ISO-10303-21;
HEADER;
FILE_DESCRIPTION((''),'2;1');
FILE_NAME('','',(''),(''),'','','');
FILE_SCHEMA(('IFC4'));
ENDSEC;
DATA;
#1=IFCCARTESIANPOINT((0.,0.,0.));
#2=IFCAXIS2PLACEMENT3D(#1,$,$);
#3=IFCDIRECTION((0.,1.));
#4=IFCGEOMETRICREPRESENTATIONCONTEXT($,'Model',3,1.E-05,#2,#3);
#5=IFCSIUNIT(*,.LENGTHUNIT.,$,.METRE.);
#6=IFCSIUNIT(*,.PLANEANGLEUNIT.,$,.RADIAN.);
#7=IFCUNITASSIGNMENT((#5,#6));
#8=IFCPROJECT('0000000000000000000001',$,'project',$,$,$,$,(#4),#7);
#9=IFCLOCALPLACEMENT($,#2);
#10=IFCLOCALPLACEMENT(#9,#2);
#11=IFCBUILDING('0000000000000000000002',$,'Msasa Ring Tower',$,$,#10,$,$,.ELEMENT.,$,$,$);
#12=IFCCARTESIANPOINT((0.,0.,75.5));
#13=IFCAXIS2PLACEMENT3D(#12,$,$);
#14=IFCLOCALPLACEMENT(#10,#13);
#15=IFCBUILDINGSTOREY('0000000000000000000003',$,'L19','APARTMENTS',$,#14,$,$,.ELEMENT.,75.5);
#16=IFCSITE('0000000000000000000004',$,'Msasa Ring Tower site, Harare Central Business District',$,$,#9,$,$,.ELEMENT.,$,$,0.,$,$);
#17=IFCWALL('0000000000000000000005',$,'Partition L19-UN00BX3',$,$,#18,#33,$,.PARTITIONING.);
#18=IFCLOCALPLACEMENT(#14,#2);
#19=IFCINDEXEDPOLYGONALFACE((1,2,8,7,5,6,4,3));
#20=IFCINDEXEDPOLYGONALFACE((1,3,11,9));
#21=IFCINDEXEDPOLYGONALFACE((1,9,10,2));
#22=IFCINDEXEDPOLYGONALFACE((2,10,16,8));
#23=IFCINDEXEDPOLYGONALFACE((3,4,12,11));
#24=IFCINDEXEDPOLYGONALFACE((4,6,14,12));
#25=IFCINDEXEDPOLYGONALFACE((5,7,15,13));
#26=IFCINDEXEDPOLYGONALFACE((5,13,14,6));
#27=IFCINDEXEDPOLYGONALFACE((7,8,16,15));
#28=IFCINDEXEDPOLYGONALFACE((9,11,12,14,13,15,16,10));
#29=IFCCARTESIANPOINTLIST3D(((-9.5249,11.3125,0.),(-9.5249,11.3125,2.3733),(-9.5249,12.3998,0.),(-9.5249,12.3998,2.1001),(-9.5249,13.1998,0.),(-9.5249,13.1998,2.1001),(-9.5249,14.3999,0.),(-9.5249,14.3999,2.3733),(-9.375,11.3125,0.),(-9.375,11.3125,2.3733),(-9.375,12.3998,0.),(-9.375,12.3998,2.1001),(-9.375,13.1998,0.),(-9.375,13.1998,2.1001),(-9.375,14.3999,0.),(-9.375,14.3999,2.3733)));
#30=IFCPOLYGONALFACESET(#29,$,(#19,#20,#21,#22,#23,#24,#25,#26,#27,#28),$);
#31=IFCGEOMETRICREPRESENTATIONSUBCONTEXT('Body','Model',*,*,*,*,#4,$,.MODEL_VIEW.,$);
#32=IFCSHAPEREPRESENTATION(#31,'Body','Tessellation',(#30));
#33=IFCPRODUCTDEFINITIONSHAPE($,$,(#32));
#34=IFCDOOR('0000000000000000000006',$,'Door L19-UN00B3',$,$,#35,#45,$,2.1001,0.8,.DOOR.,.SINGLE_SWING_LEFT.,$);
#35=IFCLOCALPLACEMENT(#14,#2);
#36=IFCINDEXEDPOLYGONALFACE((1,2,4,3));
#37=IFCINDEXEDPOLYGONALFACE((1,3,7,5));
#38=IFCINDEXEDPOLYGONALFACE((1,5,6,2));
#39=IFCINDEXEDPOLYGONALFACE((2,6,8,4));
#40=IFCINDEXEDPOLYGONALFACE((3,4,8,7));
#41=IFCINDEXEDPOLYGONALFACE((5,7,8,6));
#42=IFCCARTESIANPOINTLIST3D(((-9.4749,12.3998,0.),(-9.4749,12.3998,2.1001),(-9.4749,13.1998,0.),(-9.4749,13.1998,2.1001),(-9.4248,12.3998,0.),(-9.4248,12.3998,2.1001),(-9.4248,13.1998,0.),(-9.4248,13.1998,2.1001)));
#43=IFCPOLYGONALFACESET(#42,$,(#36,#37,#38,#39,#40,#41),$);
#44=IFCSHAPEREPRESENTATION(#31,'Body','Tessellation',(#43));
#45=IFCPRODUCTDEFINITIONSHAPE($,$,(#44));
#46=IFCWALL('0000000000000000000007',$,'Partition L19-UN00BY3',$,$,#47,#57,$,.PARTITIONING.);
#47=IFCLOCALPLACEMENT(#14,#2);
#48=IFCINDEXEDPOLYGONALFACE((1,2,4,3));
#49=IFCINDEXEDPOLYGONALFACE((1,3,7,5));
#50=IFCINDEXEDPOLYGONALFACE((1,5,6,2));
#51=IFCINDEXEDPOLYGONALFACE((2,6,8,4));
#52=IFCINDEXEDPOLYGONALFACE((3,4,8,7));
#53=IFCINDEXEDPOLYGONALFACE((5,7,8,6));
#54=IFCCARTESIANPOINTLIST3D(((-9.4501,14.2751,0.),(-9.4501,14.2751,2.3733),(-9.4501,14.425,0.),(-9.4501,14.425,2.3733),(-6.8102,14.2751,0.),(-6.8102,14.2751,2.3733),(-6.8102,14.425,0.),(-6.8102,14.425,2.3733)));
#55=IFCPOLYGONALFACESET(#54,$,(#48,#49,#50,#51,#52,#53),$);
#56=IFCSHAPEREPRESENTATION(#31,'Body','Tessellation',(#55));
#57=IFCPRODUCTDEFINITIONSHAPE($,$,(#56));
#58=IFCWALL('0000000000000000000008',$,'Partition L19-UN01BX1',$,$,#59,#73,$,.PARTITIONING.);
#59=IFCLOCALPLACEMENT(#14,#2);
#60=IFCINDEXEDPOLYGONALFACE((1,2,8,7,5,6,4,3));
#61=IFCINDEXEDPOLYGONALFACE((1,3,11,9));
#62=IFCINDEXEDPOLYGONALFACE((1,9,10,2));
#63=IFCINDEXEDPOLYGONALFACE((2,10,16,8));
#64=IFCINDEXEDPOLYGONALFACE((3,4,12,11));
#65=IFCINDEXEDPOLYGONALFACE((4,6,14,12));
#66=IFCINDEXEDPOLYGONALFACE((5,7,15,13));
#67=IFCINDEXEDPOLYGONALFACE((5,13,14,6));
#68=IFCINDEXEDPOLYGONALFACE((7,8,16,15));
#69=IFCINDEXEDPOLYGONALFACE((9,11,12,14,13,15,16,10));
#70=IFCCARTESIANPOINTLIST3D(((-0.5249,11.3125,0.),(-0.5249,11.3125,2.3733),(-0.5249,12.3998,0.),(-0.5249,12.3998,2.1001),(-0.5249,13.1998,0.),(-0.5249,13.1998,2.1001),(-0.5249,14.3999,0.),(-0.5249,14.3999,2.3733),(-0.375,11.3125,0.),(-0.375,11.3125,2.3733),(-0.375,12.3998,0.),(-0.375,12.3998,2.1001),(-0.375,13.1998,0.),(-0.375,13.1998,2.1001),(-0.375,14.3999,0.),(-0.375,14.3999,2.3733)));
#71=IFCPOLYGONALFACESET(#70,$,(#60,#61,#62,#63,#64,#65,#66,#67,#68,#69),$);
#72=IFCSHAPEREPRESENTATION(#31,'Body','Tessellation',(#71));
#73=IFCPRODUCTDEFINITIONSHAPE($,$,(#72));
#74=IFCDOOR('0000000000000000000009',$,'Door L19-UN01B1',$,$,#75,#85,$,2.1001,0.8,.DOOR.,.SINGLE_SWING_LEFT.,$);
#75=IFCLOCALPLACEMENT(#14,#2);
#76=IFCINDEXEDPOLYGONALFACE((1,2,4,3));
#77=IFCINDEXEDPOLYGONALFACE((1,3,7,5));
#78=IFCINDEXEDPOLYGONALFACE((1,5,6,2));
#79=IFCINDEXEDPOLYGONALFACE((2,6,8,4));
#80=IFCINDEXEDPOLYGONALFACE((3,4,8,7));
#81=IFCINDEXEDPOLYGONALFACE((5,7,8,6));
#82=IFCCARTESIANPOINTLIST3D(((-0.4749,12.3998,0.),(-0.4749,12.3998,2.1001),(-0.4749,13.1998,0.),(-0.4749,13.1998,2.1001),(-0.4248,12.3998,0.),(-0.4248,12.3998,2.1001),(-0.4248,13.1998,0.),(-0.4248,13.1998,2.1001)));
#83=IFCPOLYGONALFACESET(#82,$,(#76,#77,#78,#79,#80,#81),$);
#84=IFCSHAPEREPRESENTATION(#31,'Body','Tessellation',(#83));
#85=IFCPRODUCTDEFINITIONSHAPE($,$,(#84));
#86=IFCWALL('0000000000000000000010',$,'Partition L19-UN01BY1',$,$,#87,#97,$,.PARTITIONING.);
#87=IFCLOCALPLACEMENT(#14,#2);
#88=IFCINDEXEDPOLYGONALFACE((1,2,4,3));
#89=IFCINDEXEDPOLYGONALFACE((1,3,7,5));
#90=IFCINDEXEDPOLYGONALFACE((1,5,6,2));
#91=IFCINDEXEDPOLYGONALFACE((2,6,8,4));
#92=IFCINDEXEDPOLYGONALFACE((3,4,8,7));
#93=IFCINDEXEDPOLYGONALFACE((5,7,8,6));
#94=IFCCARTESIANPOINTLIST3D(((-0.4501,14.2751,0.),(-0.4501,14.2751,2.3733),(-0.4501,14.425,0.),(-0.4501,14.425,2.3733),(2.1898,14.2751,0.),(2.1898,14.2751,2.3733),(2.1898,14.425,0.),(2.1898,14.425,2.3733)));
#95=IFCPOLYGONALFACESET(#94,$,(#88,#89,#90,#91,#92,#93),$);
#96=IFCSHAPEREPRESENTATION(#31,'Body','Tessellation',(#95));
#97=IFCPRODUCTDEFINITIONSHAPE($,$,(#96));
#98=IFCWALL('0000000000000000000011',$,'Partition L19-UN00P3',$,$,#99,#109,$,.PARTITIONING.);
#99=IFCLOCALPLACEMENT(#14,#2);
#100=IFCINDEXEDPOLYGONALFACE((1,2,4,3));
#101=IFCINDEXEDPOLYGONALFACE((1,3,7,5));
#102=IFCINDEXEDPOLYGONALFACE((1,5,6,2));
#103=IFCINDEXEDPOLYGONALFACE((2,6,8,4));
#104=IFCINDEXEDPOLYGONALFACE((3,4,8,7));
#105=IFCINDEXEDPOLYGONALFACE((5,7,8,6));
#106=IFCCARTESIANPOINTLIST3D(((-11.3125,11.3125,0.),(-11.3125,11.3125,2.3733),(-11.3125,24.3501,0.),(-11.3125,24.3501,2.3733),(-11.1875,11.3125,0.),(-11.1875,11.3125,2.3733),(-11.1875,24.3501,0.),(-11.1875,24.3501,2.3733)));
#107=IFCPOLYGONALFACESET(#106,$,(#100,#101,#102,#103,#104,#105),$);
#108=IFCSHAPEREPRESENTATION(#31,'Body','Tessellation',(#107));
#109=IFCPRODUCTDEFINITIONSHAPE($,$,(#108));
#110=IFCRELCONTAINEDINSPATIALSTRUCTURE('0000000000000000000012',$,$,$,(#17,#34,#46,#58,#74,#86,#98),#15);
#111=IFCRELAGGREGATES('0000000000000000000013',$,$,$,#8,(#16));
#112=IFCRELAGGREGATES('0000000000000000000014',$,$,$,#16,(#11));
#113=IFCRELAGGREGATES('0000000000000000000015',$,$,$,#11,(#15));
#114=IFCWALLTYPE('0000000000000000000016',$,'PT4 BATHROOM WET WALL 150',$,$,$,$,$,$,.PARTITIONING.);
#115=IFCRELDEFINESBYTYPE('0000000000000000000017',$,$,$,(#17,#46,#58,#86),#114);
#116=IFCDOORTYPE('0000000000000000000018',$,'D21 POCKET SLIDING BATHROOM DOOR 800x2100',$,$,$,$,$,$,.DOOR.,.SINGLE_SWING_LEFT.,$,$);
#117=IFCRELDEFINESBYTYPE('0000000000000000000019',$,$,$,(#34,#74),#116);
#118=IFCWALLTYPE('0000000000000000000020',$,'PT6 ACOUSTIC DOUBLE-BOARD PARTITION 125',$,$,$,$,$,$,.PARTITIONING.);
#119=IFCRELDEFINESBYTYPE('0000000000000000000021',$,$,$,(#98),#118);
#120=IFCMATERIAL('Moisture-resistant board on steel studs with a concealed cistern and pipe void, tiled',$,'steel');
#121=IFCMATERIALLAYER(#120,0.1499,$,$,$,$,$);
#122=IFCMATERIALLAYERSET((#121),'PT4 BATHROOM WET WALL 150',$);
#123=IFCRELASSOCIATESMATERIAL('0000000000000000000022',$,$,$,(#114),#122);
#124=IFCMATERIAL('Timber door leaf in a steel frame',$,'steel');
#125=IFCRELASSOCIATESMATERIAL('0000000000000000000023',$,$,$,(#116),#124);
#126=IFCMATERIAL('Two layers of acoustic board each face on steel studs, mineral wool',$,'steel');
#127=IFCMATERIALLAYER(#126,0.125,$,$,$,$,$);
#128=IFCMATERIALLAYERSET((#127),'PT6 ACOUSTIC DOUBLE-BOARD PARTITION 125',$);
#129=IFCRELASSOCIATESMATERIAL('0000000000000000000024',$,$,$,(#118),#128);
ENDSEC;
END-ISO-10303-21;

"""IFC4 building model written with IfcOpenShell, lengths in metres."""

from ifc_helpers import new_model, si_unit, direction, frame, frame_2d, origin, place, context, subcontext, project, spatial, rectangle, extrude, material, layer, layer_set, type_object, element, fill, save


model = new_model("IFC4")

# Units and contexts
model_context = context("Model", 3, precision=1e-05, world=origin(), true_north=direction((0.0, 1.0)))
body_context = subcontext(model_context, "Body", "Model", "MODEL_VIEW")
ifc_project = project(units=[si_unit("LENGTHUNIT", "METRE"), si_unit("PLANEANGLEUNIT", "RADIAN")], contexts=[model_context])

# Site, building, storey
site_placement = place(None, origin())
site = spatial("IfcSite", under=ifc_project, at=site_placement, Name="Msasa Ring Tower site, Harare Central Business District", CompositionType="ELEMENT", RefElevation=0.0)
building_placement = place(site_placement, origin())
building = spatial("IfcBuilding", under=site, at=building_placement, Name="Msasa Ring Tower", CompositionType="ELEMENT")
storey_placement = place(building_placement, frame((0.0, 0.0, 75.5)))
storey = spatial("IfcBuildingStorey", under=building, at=storey_placement, Name="L19", Description="APARTMENTS", CompositionType="ELEMENT", Elevation=75.5)

# Wall, opening, door
ifc_material_1 = material(Name="Moisture-resistant board on steel studs with a concealed cistern and pipe void, tiled", Category="steel")
ifc_layer_1 = layer(ifc_material_1, 0.1499)
ifc_layer_set_1 = layer_set([ifc_layer_1], Name="PT4 BATHROOM WET WALL 150")
wall_type_1 = type_object("IfcWallType", Name="PT4 BATHROOM WET WALL 150", PredefinedType="PARTITIONING", material=ifc_layer_set_1)
wall_1_placement = place(storey_placement, frame((-9.45, 11.3125, 0.0), z_axis=(0.0, 0.0, 1.0), x_axis=(0.0, 1.0, 0.0)))
wall_1 = element("IfcWall", 1, at=wall_1_placement, inside=storey, type_object=wall_type_1, Name="Partition L19-UN00BX3", PredefinedType="PARTITIONING", context=body_context, shape_type="SweptSolid", body=[
    extrude(rectangle(XDim=3.0874, YDim=0.1499, at=frame_2d((1.5437, 0.0))), origin(), (0.0, 0.0, 1.0), 2.3733),
])
opening_1_placement = place(wall_1_placement, frame((1.0874, 0.0, 0.0)))
opening_1 = element("IfcOpeningElement", 2, at=opening_1_placement, cuts=wall_1, PredefinedType="OPENING", context=body_context, shape_type="SweptSolid", body=[
    extrude(rectangle(XDim=0.8, YDim=2.1001, at=frame_2d((0.3999, 1.05))), frame((0.0, 0.085, 0.0), z_axis=(0.0, -1.0, 0.0), x_axis=(1.0, 0.0, 0.0)), (0.0, 0.0, 1.0), 0.1699),
])
ifc_material_2 = material(Name="Timber door leaf in a steel frame", Category="steel")
door_type_1 = type_object("IfcDoorType", Name="D21 POCKET SLIDING BATHROOM DOOR 800x2100", OperationType="SINGLE_SWING_LEFT", PredefinedType="DOOR", material=ifc_material_2)
door_1_placement = place(opening_1_placement, origin())
door_1 = element("IfcDoor", 3, at=door_1_placement, inside=storey, type_object=door_type_1, Name="Door L19-UN00B3", OperationType="SINGLE_SWING_LEFT", OverallHeight=2.1001, OverallWidth=0.8, PredefinedType="DOOR", context=body_context, shape_type="SweptSolid", body=[
    extrude(rectangle(XDim=0.8, YDim=2.1001, at=frame_2d((0.3999, 1.05))), frame((0.0, 0.0249, 0.0), z_axis=(0.0, -1.0, 0.0), x_axis=(1.0, 0.0, 0.0)), (0.0, 0.0, 1.0), 0.05),
])
fill(opening_1, door_1)

# Wall
wall_2_placement = place(storey_placement, frame((-9.45, 14.3501, 0.0), z_axis=(0.0, 0.0, 1.0), x_axis=(1.0, 0.0, 0.0)))
element("IfcWall", 4, at=wall_2_placement, inside=storey, type_object=wall_type_1, Name="Partition L19-UN00BY3", PredefinedType="PARTITIONING", context=body_context, shape_type="SweptSolid", body=[
    extrude(rectangle(XDim=2.6399, YDim=0.1499, at=frame_2d((1.3198, 0.0))), origin(), (0.0, 0.0, 1.0), 2.3733),
])

# Wall, opening, door
wall_3_placement = place(storey_placement, frame((-0.45, 11.3125, 0.0), z_axis=(0.0, 0.0, 1.0), x_axis=(0.0, 1.0, 0.0)))
wall_3 = element("IfcWall", 5, at=wall_3_placement, inside=storey, type_object=wall_type_1, Name="Partition L19-UN01BX1", PredefinedType="PARTITIONING", context=body_context, shape_type="SweptSolid", body=[
    extrude(rectangle(XDim=3.0874, YDim=0.1499, at=frame_2d((1.5437, 0.0))), origin(), (0.0, 0.0, 1.0), 2.3733),
])
opening_2_placement = place(wall_3_placement, frame((1.0874, 0.0, 0.0)))
opening_2 = element("IfcOpeningElement", 6, at=opening_2_placement, cuts=wall_3, PredefinedType="OPENING", context=body_context, shape_type="SweptSolid", body=[
    extrude(rectangle(XDim=0.8, YDim=2.1001, at=frame_2d((0.3999, 1.05))), frame((0.0, 0.085, 0.0), z_axis=(0.0, -1.0, 0.0), x_axis=(1.0, 0.0, 0.0)), (0.0, 0.0, 1.0), 0.1699),
])
door_2_placement = place(opening_2_placement, origin())
door_2 = element("IfcDoor", 7, at=door_2_placement, inside=storey, type_object=door_type_1, Name="Door L19-UN01B1", OperationType="SINGLE_SWING_LEFT", OverallHeight=2.1001, OverallWidth=0.8, PredefinedType="DOOR", context=body_context, shape_type="SweptSolid", body=[
    extrude(rectangle(XDim=0.8, YDim=2.1001, at=frame_2d((0.3999, 1.05))), frame((0.0, 0.0249, 0.0), z_axis=(0.0, -1.0, 0.0), x_axis=(1.0, 0.0, 0.0)), (0.0, 0.0, 1.0), 0.05),
])
fill(opening_2, door_2)

# Walls
wall_4_placement = place(storey_placement, frame((-0.45, 14.3501, 0.0), z_axis=(0.0, 0.0, 1.0), x_axis=(1.0, 0.0, 0.0)))
element("IfcWall", 8, at=wall_4_placement, inside=storey, type_object=wall_type_1, Name="Partition L19-UN01BY1", PredefinedType="PARTITIONING", context=body_context, shape_type="SweptSolid", body=[
    extrude(rectangle(XDim=2.6399, YDim=0.1499, at=frame_2d((1.3198, 0.0))), origin(), (0.0, 0.0, 1.0), 2.3733),
])
ifc_material_3 = material(Name="Two layers of acoustic board each face on steel studs, mineral wool", Category="steel")
ifc_layer_2 = layer(ifc_material_3, 0.125)
ifc_layer_set_2 = layer_set([ifc_layer_2], Name="PT6 ACOUSTIC DOUBLE-BOARD PARTITION 125")
wall_type_2 = type_object("IfcWallType", Name="PT6 ACOUSTIC DOUBLE-BOARD PARTITION 125", PredefinedType="PARTITIONING", material=ifc_layer_set_2)
wall_5_placement = place(storey_placement, frame((-11.25, 11.3125, 0.0), z_axis=(0.0, 0.0, 1.0), x_axis=(0.0, 1.0, 0.0)))
element("IfcWall", 9, at=wall_5_placement, inside=storey, type_object=wall_type_2, Name="Partition L19-UN00P3", PredefinedType="PARTITIONING", context=body_context, shape_type="SweptSolid", body=[
    extrude(rectangle(XDim=13.0376, YDim=0.125, at=frame_2d((6.5188, 0.0))), origin(), (0.0, 0.0, 1.0), 2.3733),
])

save(model, "model.ifc")
